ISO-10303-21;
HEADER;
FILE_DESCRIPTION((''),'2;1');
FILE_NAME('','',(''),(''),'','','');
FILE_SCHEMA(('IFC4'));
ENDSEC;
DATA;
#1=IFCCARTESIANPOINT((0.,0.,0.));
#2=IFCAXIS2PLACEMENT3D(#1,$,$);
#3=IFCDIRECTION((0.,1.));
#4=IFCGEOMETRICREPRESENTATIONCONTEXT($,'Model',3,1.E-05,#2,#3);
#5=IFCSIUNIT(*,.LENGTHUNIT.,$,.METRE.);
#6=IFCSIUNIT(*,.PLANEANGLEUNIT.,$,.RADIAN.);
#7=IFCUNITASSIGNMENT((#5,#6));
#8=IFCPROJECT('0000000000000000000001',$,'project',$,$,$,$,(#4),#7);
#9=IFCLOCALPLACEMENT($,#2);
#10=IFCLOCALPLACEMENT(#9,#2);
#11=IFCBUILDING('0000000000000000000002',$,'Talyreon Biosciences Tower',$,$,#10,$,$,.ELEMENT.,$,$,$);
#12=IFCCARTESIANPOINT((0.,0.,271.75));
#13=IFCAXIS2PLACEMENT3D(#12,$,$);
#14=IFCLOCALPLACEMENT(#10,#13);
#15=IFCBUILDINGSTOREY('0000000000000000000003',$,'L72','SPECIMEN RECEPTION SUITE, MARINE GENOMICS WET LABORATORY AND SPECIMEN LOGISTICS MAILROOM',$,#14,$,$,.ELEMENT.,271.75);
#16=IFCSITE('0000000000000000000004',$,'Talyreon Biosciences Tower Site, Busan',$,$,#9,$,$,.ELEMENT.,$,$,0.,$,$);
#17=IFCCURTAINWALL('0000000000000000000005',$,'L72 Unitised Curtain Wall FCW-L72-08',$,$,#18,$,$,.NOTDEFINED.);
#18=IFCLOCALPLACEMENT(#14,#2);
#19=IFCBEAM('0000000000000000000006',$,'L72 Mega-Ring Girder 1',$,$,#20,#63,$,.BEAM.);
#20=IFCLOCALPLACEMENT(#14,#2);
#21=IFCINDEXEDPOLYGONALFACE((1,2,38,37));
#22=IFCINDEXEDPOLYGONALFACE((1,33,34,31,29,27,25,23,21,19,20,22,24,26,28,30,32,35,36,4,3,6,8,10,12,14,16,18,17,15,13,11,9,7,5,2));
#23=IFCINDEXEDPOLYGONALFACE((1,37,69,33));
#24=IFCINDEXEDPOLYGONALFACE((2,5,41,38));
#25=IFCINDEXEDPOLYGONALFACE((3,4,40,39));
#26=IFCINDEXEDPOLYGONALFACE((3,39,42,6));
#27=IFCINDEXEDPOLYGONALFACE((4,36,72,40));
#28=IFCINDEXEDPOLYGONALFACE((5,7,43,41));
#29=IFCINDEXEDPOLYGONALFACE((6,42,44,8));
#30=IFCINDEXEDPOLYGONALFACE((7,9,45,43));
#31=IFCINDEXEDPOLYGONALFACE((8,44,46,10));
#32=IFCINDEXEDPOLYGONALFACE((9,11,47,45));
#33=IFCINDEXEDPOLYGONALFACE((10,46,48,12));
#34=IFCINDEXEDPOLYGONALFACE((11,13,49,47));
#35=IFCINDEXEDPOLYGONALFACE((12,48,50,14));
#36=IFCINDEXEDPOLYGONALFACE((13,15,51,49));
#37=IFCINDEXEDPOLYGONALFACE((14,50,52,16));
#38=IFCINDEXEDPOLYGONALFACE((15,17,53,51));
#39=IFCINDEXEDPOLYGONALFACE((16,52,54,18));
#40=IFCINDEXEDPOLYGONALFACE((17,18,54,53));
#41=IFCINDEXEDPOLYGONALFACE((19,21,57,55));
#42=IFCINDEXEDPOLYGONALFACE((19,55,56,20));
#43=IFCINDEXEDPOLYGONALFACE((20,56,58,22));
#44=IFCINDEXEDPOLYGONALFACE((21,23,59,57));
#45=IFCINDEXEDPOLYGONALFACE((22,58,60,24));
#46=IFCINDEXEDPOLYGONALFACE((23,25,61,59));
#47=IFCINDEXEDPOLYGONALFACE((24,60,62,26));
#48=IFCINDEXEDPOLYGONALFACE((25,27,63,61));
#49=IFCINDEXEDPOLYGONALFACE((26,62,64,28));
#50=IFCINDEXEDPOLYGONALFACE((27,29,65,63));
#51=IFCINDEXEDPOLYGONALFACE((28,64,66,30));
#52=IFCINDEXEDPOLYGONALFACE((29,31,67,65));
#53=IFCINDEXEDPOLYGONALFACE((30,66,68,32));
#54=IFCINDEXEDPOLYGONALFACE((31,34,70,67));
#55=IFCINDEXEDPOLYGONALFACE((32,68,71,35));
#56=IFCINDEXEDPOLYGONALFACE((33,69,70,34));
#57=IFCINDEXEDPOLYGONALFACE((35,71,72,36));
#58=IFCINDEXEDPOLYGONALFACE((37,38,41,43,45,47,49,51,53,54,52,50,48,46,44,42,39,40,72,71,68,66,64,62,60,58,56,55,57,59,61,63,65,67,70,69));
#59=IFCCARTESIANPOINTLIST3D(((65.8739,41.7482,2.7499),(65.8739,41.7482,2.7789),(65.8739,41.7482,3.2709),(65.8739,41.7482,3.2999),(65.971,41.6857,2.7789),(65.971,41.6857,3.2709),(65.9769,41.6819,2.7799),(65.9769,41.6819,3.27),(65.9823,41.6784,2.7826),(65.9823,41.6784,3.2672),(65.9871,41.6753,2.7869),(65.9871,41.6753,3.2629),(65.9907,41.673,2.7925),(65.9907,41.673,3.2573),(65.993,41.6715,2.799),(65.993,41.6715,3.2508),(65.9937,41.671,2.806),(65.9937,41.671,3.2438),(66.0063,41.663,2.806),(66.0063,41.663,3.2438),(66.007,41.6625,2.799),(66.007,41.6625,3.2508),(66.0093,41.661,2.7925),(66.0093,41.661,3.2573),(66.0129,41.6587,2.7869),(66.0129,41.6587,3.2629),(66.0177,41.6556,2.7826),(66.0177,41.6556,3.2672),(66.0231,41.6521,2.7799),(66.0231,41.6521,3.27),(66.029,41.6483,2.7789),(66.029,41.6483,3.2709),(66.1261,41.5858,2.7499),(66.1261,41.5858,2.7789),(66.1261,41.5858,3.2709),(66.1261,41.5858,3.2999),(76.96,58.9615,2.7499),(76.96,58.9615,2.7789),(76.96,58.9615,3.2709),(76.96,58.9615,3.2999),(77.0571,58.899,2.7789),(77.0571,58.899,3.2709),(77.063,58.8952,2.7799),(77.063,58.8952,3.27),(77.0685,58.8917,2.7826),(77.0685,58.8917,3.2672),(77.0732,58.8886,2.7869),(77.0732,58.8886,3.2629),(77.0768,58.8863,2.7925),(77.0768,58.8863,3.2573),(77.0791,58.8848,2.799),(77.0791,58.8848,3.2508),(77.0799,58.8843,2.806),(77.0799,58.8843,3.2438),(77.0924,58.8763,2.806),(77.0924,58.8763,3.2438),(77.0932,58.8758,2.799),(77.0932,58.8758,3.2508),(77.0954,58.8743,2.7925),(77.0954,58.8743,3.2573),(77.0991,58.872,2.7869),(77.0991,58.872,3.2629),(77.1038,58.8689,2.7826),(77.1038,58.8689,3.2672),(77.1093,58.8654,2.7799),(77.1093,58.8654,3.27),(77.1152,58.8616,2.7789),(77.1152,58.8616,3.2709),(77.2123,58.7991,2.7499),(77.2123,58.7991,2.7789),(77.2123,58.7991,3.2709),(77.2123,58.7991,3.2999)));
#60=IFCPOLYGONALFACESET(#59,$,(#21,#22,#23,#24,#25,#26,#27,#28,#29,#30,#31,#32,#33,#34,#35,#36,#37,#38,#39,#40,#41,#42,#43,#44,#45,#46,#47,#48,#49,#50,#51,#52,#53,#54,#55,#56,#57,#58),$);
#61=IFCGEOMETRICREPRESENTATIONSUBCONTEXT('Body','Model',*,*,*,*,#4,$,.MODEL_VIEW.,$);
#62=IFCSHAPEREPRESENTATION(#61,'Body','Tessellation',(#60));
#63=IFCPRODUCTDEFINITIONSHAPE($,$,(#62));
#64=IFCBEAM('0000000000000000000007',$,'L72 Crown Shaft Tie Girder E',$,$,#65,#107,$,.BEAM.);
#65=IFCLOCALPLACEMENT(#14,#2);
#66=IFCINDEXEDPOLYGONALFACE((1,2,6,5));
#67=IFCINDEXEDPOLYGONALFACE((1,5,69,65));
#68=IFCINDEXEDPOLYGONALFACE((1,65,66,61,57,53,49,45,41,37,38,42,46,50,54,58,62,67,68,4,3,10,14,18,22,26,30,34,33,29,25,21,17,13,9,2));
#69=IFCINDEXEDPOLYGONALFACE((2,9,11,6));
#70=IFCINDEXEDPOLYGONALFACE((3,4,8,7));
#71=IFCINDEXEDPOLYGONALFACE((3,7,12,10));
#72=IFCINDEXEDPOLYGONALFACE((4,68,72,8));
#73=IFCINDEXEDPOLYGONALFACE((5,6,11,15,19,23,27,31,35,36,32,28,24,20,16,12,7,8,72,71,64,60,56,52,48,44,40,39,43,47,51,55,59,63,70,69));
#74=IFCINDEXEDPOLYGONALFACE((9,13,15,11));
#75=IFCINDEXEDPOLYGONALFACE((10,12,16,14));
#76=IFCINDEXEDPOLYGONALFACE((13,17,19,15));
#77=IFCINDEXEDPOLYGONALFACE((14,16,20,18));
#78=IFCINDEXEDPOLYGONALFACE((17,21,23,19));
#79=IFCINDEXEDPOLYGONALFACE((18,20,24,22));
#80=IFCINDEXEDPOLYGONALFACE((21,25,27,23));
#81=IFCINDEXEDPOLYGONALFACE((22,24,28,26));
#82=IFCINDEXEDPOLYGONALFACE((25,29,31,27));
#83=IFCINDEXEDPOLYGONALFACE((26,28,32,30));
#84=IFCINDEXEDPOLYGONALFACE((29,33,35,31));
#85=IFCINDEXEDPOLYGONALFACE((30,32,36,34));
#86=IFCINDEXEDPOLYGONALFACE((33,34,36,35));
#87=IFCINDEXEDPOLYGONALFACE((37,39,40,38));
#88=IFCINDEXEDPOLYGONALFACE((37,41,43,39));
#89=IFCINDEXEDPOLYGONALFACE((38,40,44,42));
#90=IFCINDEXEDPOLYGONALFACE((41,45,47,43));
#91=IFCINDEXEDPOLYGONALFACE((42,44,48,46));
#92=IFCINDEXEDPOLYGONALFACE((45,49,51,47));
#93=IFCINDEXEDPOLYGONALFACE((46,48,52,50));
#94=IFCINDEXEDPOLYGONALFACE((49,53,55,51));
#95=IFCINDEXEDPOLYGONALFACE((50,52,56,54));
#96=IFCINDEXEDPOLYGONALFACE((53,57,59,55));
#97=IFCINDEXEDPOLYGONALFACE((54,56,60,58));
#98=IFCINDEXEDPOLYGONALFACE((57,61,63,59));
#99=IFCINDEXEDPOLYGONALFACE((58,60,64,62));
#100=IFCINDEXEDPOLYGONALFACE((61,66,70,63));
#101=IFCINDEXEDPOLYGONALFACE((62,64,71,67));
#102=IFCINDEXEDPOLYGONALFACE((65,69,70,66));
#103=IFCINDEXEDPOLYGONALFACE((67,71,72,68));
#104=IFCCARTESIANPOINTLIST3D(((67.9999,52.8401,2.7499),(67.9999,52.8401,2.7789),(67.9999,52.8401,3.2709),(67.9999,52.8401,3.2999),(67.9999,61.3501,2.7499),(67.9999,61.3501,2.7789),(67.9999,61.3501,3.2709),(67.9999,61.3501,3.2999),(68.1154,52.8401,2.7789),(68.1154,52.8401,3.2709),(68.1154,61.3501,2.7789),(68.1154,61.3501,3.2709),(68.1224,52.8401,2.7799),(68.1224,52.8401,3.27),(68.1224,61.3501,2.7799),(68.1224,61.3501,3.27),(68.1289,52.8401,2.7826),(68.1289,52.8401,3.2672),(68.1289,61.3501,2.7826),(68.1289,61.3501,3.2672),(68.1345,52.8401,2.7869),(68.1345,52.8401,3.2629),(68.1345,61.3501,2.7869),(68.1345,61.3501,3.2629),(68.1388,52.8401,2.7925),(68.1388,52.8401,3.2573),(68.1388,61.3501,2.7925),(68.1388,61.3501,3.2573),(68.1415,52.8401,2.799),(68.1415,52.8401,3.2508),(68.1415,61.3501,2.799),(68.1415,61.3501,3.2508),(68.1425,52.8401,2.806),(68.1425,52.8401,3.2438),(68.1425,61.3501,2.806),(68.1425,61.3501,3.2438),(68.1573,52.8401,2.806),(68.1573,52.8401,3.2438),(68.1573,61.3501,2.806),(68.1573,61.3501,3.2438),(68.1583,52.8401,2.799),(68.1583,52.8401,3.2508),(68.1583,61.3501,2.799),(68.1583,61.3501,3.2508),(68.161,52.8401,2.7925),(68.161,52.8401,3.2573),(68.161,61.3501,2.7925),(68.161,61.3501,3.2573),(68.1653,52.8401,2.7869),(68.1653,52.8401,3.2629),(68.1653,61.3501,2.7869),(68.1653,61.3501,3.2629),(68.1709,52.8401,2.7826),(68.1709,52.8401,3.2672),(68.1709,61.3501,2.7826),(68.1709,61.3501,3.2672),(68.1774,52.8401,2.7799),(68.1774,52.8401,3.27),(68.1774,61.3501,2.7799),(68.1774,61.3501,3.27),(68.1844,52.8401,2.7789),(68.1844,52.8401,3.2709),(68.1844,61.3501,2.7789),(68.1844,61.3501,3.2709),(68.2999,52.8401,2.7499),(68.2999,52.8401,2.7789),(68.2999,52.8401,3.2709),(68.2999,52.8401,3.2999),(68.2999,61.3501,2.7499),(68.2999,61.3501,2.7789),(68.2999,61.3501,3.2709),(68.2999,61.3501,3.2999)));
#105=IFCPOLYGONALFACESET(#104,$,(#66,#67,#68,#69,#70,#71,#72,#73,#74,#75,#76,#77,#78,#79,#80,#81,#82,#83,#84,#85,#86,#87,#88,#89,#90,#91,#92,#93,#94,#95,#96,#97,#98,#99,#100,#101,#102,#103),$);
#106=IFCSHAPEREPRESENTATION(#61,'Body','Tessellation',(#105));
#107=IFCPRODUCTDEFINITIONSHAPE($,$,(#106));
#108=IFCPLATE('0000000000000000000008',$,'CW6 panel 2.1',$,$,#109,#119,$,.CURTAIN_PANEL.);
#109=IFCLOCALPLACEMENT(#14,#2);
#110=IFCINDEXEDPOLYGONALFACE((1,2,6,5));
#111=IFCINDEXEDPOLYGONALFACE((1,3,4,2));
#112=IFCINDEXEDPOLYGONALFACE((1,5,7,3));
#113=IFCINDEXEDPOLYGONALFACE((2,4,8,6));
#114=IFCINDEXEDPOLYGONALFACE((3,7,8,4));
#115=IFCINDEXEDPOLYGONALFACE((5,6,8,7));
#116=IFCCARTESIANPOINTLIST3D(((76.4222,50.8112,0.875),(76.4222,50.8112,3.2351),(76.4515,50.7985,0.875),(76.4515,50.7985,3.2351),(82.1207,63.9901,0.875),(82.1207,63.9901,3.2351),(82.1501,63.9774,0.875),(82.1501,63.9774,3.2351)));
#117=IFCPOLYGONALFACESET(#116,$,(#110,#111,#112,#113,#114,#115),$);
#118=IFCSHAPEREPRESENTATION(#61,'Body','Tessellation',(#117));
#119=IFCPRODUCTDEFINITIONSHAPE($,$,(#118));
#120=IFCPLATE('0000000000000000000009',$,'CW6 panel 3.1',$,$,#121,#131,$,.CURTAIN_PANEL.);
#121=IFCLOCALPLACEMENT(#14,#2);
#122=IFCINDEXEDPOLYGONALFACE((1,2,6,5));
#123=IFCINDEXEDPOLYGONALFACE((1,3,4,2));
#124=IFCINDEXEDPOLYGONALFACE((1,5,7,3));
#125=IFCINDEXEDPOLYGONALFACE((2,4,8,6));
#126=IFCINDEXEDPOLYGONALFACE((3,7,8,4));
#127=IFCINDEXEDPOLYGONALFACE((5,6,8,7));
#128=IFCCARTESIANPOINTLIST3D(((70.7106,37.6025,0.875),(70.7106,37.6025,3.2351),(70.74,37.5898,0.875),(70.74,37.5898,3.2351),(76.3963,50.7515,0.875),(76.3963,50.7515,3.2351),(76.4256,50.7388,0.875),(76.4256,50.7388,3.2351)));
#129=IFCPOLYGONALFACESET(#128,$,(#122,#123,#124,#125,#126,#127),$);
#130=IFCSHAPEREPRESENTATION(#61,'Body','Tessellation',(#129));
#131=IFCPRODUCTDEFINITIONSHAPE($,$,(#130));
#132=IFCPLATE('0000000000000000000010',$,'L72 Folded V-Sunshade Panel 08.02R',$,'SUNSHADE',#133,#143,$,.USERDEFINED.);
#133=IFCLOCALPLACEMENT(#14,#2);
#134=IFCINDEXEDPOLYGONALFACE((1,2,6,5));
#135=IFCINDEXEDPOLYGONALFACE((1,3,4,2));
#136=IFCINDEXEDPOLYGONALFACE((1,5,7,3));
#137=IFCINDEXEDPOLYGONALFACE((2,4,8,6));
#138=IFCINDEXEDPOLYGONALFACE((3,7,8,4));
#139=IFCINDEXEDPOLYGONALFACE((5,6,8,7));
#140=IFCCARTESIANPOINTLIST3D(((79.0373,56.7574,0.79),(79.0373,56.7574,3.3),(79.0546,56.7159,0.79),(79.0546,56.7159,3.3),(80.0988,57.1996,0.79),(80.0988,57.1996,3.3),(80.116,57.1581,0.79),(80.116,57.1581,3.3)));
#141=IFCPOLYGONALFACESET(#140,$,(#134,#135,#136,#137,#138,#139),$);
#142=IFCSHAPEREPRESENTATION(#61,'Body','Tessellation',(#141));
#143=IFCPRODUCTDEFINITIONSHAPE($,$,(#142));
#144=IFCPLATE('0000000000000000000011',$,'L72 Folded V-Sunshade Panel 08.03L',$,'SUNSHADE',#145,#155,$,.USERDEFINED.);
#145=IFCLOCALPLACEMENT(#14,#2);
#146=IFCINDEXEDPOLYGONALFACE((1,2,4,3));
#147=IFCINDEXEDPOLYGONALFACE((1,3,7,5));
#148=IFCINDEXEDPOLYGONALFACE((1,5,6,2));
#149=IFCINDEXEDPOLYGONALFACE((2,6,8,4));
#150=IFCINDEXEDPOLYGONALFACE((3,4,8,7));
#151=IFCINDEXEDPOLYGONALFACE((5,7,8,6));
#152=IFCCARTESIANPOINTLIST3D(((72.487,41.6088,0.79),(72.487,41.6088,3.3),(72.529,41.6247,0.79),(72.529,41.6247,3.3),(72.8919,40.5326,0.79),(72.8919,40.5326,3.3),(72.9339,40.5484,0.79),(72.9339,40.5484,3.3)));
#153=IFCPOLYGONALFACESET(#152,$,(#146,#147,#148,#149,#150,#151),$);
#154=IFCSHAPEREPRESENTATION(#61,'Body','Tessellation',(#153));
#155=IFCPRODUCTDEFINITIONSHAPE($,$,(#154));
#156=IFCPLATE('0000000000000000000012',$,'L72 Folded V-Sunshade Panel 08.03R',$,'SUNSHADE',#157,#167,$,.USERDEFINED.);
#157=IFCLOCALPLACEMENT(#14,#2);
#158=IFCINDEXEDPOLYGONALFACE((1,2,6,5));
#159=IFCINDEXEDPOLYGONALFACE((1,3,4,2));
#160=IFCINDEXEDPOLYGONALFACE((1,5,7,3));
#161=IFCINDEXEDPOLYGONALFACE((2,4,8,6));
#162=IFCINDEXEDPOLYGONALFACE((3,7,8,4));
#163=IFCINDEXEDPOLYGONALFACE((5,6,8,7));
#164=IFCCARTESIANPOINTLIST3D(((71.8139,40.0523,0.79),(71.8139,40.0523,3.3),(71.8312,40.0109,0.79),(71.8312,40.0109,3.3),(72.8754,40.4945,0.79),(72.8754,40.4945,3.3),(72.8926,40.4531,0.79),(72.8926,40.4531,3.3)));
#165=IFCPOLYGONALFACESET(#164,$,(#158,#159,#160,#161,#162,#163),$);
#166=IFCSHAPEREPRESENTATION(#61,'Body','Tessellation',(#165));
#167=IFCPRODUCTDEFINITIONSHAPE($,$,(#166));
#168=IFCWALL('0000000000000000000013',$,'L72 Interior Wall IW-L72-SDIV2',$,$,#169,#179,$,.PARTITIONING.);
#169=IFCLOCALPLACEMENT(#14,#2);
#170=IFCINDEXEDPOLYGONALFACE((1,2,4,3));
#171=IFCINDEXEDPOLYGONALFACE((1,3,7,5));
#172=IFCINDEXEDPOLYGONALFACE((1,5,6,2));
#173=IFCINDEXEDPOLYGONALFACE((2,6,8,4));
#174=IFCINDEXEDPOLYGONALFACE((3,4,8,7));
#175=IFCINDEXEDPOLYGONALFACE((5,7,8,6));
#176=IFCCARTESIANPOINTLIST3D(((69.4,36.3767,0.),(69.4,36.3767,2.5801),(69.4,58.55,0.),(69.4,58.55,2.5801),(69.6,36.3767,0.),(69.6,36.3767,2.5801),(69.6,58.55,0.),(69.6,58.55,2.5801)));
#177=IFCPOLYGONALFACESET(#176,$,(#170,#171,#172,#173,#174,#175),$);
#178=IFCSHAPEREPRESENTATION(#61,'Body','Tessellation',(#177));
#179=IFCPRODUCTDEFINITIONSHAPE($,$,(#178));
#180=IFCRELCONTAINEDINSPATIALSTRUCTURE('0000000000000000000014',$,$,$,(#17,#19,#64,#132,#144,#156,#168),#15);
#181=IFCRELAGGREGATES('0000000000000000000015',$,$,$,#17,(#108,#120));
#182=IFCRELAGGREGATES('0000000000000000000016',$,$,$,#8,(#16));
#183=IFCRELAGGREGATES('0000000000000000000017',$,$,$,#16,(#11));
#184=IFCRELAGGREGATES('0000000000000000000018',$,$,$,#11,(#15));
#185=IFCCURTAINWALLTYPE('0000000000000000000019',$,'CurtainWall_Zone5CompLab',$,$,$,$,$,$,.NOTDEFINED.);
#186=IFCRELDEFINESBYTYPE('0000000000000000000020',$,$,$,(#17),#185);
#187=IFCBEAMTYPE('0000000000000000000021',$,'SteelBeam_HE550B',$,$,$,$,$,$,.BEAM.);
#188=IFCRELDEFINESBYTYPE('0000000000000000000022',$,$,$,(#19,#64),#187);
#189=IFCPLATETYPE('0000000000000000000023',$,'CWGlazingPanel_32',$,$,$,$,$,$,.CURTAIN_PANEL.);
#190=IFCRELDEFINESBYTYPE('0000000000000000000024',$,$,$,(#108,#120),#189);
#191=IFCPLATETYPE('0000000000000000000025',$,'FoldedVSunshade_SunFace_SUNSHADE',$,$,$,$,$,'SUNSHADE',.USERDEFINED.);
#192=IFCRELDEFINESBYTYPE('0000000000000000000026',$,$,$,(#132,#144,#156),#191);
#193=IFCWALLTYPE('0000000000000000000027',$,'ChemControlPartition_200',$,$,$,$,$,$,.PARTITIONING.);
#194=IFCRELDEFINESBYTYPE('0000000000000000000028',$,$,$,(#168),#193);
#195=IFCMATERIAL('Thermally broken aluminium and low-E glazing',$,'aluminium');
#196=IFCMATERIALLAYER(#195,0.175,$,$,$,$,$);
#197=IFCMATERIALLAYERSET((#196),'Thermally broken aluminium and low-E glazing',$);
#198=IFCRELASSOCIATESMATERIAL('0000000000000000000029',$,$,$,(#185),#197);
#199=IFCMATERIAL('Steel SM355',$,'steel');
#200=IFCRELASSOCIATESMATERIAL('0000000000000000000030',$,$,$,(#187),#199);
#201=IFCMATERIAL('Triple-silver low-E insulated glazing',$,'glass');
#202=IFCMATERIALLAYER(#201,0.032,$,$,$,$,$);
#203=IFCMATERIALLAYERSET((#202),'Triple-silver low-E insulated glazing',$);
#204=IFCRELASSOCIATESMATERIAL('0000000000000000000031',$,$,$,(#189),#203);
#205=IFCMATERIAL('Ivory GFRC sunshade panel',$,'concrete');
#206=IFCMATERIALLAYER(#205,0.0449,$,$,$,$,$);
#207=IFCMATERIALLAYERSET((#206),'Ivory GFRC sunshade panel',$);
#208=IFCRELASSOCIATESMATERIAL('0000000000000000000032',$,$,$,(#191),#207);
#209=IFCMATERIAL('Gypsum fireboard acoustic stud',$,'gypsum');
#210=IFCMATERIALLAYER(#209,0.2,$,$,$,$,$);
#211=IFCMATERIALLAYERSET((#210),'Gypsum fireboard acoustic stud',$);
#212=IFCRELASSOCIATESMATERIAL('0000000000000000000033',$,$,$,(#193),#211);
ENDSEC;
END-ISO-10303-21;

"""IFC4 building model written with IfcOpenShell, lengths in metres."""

from ifc_helpers import new_model, si_unit, direction, frame, frame_2d, origin, origin_2d, place, context, subcontext, project, spatial, rectangle, i_section, extrude, material, layer, layer_set, material_profile, profile_set, type_object, element, aggregate, save


model = new_model("IFC4")

# Units and contexts
model_context = context("Model", 3, precision=1e-05, world=origin(), true_north=direction((0.0, 1.0)))
body_context = subcontext(model_context, "Body", "Model", "MODEL_VIEW")
ifc_project = project(units=[si_unit("LENGTHUNIT", "METRE"), si_unit("PLANEANGLEUNIT", "RADIAN")], contexts=[model_context])

# Site, building, storey
site_placement = place(None, origin())
site = spatial("IfcSite", under=ifc_project, at=site_placement, Name="Talyreon Biosciences Tower Site, Busan", CompositionType="ELEMENT", RefElevation=0.0)
building_placement = place(site_placement, origin())
building = spatial("IfcBuilding", under=site, at=building_placement, Name="Talyreon Biosciences Tower", CompositionType="ELEMENT")
storey_placement = place(building_placement, frame((0.0, 0.0, 271.75)))
storey = spatial("IfcBuildingStorey", under=building, at=storey_placement, Name="L72", Description="SPECIMEN RECEPTION SUITE, MARINE GENOMICS WET LABORATORY AND SPECIMEN LOGISTICS MAILROOM", CompositionType="ELEMENT", Elevation=271.75)

# Curtain wall
ifc_material_1 = material(Name="Thermally broken aluminium and low-E glazing", Category="aluminium")
ifc_layer_1 = layer(ifc_material_1, 0.175)
ifc_layer_set_1 = layer_set([ifc_layer_1], Name="Thermally broken aluminium and low-E glazing")
curtain_wall_type = type_object("IfcCurtainWallType", Name="CurtainWall_Zone5CompLab", PredefinedType="NOTDEFINED", material=ifc_layer_set_1)
curtain_wall_placement = place(storey_placement, origin())
curtain_wall = element("IfcCurtainWall", 1, at=curtain_wall_placement, inside=storey, type_object=curtain_wall_type, Name="L72 Unitised Curtain Wall FCW-L72-08", PredefinedType="NOTDEFINED")

# Beams
ifc_material_2 = material(Name="Steel SM355", Category="steel")
ifc_material_profile_1 = material_profile(ifc_material_2, i_section(OverallWidth=0.3, OverallDepth=0.55, WebThickness=0.0149, FlangeThickness=0.0291, FilletRadius=0.0271, at=origin_2d()), Name="HE550B")
ifc_profile_set_1 = profile_set([ifc_material_profile_1], Name="Steel SM355")
beam_type_1 = type_object("IfcBeamType", Name="SteelBeam_HE550B", PredefinedType="BEAM", material=ifc_profile_set_1)
beam_1_placement = place(storey_placement, frame((66.0, 41.667, 3.0249), z_axis=(0.541464, 0.840724, 0.0), x_axis=(-0.840724, 0.541464, 0.0)))
element("IfcBeam", 2, at=beam_1_placement, inside=storey, type_object=beam_type_1, Name="L72 Mega-Ring Girder 1", PredefinedType="BEAM", context=body_context, shape_type="SweptSolid", body=[
    extrude(i_section(OverallWidth=0.3, OverallDepth=0.55, WebThickness=0.0149, FlangeThickness=0.0291, FilletRadius=0.0271, at=origin_2d()), origin(), (0.0, 0.0, 1.0), 20.4744),
])
beam_2_placement = place(storey_placement, frame((68.1499, 52.8401, 3.0249), z_axis=(0.0, 1.0, 0.0), x_axis=(-1.0, 0.0, 0.0)))
element("IfcBeam", 3, at=beam_2_placement, inside=storey, type_object=beam_type_1, Name="L72 Crown Shaft Tie Girder E", PredefinedType="BEAM", context=body_context, shape_type="SweptSolid", body=[
    extrude(i_section(OverallWidth=0.3, OverallDepth=0.55, WebThickness=0.0149, FlangeThickness=0.0291, FilletRadius=0.0271, at=origin_2d()), origin(), (0.0, 0.0, 1.0), 8.51),
])

# Plates
ifc_material_3 = material(Name="Triple-silver low-E insulated glazing", Category="glass")
ifc_layer_2 = layer(ifc_material_3, 0.032)
ifc_layer_set_2 = layer_set([ifc_layer_2], Name="Triple-silver low-E insulated glazing")
plate_type_1 = type_object("IfcPlateType", Name="CWGlazingPanel_32", PredefinedType="CURTAIN_PANEL", material=ifc_layer_set_2)
plate_1_placement = place(storey_placement, frame((79.2861, 57.3943, 0.875), z_axis=(0.0, 0.0, 1.0), x_axis=(-0.396887, -0.917868, 0.0)))
plate_1 = element("IfcPlate", 4, at=plate_1_placement, type_object=plate_type_1, Name="CW6 panel 2.1", PredefinedType="CURTAIN_PANEL", context=body_context, shape_type="SweptSolid", body=[
    extrude(rectangle(XDim=14.3582, YDim=0.032, at=origin_2d()), origin(), (0.0, 0.0, 1.0), 2.3601),
])
plate_2_placement = place(storey_placement, frame((73.5681, 44.1707, 0.875), z_axis=(0.0, 0.0, 1.0), x_axis=(-0.396887, -0.917868, 0.0)))
plate_2 = element("IfcPlate", 5, at=plate_2_placement, type_object=plate_type_1, Name="CW6 panel 3.1", PredefinedType="CURTAIN_PANEL", context=body_context, shape_type="SweptSolid", body=[
    extrude(rectangle(XDim=14.3257, YDim=0.032, at=origin_2d()), origin(), (0.0, 0.0, 1.0), 2.3601),
])
aggregate(curtain_wall, [plate_1, plate_2])

# Plates
ifc_material_4 = material(Name="Ivory GFRC sunshade panel", Category="concrete")
ifc_layer_3 = layer(ifc_material_4, 0.0449)
ifc_layer_set_3 = layer_set([ifc_layer_3], Name="Ivory GFRC sunshade panel")
plate_type_2 = type_object("IfcPlateType", Name="FoldedVSunshade_SunFace_SUNSHADE", ElementType="SUNSHADE", PredefinedType="USERDEFINED", material=ifc_layer_set_3)
for number, where, z_axis, x_axis, name in (
    (6, (79.5767, 56.9578, 0.79), (0.0, 0.0, 1.0), (-0.923103, -0.384553, 0.0), "L72 Folded V-Sunshade Panel 08.02R"),
    (7, (72.7104, 41.0786, 0.79), (0.0, 0.0, 1.0), (0.352103, -0.935961, 0.0), "L72 Folded V-Sunshade Panel 08.03L"),
    (8, (72.3533, 40.2527, 0.79), (0.0, 0.0, 1.0), (-0.923103, -0.384553, 0.0), "L72 Folded V-Sunshade Panel 08.03R"),
):
    element("IfcPlate", number, at=place(storey_placement, frame(where, z_axis=z_axis, x_axis=x_axis)), inside=storey, type_object=plate_type_2, Name=name, ObjectType="SUNSHADE", PredefinedType="USERDEFINED", context=body_context, shape_type="SweptSolid", body=[
        extrude(rectangle(XDim=1.1499, YDim=0.0449, at=origin_2d()), origin(), (0.0, 0.0, 1.0), 2.51),
    ])

# Wall
ifc_material_5 = material(Name="Gypsum fireboard acoustic stud", Category="gypsum")
ifc_layer_4 = layer(ifc_material_5, 0.2)
ifc_layer_set_4 = layer_set([ifc_layer_4], Name="Gypsum fireboard acoustic stud")
wall_type_1 = type_object("IfcWallType", Name="ChemControlPartition_200", PredefinedType="PARTITIONING", material=ifc_layer_set_4)
wall_1_placement = place(storey_placement, frame((69.5, 36.3767, 0.0), z_axis=(0.0, 0.0, 1.0), x_axis=(0.0, 1.0, 0.0)))
element("IfcWall", 9, at=wall_1_placement, inside=storey, type_object=wall_type_1, Name="L72 Interior Wall IW-L72-SDIV2", PredefinedType="PARTITIONING", context=body_context, shape_type="SweptSolid", body=[
    extrude(rectangle(XDim=22.1733, YDim=0.2, at=frame_2d((11.0867, 0.0))), origin(), (0.0, 0.0, 1.0), 2.5801),
])

save(model, "model.ifc")
